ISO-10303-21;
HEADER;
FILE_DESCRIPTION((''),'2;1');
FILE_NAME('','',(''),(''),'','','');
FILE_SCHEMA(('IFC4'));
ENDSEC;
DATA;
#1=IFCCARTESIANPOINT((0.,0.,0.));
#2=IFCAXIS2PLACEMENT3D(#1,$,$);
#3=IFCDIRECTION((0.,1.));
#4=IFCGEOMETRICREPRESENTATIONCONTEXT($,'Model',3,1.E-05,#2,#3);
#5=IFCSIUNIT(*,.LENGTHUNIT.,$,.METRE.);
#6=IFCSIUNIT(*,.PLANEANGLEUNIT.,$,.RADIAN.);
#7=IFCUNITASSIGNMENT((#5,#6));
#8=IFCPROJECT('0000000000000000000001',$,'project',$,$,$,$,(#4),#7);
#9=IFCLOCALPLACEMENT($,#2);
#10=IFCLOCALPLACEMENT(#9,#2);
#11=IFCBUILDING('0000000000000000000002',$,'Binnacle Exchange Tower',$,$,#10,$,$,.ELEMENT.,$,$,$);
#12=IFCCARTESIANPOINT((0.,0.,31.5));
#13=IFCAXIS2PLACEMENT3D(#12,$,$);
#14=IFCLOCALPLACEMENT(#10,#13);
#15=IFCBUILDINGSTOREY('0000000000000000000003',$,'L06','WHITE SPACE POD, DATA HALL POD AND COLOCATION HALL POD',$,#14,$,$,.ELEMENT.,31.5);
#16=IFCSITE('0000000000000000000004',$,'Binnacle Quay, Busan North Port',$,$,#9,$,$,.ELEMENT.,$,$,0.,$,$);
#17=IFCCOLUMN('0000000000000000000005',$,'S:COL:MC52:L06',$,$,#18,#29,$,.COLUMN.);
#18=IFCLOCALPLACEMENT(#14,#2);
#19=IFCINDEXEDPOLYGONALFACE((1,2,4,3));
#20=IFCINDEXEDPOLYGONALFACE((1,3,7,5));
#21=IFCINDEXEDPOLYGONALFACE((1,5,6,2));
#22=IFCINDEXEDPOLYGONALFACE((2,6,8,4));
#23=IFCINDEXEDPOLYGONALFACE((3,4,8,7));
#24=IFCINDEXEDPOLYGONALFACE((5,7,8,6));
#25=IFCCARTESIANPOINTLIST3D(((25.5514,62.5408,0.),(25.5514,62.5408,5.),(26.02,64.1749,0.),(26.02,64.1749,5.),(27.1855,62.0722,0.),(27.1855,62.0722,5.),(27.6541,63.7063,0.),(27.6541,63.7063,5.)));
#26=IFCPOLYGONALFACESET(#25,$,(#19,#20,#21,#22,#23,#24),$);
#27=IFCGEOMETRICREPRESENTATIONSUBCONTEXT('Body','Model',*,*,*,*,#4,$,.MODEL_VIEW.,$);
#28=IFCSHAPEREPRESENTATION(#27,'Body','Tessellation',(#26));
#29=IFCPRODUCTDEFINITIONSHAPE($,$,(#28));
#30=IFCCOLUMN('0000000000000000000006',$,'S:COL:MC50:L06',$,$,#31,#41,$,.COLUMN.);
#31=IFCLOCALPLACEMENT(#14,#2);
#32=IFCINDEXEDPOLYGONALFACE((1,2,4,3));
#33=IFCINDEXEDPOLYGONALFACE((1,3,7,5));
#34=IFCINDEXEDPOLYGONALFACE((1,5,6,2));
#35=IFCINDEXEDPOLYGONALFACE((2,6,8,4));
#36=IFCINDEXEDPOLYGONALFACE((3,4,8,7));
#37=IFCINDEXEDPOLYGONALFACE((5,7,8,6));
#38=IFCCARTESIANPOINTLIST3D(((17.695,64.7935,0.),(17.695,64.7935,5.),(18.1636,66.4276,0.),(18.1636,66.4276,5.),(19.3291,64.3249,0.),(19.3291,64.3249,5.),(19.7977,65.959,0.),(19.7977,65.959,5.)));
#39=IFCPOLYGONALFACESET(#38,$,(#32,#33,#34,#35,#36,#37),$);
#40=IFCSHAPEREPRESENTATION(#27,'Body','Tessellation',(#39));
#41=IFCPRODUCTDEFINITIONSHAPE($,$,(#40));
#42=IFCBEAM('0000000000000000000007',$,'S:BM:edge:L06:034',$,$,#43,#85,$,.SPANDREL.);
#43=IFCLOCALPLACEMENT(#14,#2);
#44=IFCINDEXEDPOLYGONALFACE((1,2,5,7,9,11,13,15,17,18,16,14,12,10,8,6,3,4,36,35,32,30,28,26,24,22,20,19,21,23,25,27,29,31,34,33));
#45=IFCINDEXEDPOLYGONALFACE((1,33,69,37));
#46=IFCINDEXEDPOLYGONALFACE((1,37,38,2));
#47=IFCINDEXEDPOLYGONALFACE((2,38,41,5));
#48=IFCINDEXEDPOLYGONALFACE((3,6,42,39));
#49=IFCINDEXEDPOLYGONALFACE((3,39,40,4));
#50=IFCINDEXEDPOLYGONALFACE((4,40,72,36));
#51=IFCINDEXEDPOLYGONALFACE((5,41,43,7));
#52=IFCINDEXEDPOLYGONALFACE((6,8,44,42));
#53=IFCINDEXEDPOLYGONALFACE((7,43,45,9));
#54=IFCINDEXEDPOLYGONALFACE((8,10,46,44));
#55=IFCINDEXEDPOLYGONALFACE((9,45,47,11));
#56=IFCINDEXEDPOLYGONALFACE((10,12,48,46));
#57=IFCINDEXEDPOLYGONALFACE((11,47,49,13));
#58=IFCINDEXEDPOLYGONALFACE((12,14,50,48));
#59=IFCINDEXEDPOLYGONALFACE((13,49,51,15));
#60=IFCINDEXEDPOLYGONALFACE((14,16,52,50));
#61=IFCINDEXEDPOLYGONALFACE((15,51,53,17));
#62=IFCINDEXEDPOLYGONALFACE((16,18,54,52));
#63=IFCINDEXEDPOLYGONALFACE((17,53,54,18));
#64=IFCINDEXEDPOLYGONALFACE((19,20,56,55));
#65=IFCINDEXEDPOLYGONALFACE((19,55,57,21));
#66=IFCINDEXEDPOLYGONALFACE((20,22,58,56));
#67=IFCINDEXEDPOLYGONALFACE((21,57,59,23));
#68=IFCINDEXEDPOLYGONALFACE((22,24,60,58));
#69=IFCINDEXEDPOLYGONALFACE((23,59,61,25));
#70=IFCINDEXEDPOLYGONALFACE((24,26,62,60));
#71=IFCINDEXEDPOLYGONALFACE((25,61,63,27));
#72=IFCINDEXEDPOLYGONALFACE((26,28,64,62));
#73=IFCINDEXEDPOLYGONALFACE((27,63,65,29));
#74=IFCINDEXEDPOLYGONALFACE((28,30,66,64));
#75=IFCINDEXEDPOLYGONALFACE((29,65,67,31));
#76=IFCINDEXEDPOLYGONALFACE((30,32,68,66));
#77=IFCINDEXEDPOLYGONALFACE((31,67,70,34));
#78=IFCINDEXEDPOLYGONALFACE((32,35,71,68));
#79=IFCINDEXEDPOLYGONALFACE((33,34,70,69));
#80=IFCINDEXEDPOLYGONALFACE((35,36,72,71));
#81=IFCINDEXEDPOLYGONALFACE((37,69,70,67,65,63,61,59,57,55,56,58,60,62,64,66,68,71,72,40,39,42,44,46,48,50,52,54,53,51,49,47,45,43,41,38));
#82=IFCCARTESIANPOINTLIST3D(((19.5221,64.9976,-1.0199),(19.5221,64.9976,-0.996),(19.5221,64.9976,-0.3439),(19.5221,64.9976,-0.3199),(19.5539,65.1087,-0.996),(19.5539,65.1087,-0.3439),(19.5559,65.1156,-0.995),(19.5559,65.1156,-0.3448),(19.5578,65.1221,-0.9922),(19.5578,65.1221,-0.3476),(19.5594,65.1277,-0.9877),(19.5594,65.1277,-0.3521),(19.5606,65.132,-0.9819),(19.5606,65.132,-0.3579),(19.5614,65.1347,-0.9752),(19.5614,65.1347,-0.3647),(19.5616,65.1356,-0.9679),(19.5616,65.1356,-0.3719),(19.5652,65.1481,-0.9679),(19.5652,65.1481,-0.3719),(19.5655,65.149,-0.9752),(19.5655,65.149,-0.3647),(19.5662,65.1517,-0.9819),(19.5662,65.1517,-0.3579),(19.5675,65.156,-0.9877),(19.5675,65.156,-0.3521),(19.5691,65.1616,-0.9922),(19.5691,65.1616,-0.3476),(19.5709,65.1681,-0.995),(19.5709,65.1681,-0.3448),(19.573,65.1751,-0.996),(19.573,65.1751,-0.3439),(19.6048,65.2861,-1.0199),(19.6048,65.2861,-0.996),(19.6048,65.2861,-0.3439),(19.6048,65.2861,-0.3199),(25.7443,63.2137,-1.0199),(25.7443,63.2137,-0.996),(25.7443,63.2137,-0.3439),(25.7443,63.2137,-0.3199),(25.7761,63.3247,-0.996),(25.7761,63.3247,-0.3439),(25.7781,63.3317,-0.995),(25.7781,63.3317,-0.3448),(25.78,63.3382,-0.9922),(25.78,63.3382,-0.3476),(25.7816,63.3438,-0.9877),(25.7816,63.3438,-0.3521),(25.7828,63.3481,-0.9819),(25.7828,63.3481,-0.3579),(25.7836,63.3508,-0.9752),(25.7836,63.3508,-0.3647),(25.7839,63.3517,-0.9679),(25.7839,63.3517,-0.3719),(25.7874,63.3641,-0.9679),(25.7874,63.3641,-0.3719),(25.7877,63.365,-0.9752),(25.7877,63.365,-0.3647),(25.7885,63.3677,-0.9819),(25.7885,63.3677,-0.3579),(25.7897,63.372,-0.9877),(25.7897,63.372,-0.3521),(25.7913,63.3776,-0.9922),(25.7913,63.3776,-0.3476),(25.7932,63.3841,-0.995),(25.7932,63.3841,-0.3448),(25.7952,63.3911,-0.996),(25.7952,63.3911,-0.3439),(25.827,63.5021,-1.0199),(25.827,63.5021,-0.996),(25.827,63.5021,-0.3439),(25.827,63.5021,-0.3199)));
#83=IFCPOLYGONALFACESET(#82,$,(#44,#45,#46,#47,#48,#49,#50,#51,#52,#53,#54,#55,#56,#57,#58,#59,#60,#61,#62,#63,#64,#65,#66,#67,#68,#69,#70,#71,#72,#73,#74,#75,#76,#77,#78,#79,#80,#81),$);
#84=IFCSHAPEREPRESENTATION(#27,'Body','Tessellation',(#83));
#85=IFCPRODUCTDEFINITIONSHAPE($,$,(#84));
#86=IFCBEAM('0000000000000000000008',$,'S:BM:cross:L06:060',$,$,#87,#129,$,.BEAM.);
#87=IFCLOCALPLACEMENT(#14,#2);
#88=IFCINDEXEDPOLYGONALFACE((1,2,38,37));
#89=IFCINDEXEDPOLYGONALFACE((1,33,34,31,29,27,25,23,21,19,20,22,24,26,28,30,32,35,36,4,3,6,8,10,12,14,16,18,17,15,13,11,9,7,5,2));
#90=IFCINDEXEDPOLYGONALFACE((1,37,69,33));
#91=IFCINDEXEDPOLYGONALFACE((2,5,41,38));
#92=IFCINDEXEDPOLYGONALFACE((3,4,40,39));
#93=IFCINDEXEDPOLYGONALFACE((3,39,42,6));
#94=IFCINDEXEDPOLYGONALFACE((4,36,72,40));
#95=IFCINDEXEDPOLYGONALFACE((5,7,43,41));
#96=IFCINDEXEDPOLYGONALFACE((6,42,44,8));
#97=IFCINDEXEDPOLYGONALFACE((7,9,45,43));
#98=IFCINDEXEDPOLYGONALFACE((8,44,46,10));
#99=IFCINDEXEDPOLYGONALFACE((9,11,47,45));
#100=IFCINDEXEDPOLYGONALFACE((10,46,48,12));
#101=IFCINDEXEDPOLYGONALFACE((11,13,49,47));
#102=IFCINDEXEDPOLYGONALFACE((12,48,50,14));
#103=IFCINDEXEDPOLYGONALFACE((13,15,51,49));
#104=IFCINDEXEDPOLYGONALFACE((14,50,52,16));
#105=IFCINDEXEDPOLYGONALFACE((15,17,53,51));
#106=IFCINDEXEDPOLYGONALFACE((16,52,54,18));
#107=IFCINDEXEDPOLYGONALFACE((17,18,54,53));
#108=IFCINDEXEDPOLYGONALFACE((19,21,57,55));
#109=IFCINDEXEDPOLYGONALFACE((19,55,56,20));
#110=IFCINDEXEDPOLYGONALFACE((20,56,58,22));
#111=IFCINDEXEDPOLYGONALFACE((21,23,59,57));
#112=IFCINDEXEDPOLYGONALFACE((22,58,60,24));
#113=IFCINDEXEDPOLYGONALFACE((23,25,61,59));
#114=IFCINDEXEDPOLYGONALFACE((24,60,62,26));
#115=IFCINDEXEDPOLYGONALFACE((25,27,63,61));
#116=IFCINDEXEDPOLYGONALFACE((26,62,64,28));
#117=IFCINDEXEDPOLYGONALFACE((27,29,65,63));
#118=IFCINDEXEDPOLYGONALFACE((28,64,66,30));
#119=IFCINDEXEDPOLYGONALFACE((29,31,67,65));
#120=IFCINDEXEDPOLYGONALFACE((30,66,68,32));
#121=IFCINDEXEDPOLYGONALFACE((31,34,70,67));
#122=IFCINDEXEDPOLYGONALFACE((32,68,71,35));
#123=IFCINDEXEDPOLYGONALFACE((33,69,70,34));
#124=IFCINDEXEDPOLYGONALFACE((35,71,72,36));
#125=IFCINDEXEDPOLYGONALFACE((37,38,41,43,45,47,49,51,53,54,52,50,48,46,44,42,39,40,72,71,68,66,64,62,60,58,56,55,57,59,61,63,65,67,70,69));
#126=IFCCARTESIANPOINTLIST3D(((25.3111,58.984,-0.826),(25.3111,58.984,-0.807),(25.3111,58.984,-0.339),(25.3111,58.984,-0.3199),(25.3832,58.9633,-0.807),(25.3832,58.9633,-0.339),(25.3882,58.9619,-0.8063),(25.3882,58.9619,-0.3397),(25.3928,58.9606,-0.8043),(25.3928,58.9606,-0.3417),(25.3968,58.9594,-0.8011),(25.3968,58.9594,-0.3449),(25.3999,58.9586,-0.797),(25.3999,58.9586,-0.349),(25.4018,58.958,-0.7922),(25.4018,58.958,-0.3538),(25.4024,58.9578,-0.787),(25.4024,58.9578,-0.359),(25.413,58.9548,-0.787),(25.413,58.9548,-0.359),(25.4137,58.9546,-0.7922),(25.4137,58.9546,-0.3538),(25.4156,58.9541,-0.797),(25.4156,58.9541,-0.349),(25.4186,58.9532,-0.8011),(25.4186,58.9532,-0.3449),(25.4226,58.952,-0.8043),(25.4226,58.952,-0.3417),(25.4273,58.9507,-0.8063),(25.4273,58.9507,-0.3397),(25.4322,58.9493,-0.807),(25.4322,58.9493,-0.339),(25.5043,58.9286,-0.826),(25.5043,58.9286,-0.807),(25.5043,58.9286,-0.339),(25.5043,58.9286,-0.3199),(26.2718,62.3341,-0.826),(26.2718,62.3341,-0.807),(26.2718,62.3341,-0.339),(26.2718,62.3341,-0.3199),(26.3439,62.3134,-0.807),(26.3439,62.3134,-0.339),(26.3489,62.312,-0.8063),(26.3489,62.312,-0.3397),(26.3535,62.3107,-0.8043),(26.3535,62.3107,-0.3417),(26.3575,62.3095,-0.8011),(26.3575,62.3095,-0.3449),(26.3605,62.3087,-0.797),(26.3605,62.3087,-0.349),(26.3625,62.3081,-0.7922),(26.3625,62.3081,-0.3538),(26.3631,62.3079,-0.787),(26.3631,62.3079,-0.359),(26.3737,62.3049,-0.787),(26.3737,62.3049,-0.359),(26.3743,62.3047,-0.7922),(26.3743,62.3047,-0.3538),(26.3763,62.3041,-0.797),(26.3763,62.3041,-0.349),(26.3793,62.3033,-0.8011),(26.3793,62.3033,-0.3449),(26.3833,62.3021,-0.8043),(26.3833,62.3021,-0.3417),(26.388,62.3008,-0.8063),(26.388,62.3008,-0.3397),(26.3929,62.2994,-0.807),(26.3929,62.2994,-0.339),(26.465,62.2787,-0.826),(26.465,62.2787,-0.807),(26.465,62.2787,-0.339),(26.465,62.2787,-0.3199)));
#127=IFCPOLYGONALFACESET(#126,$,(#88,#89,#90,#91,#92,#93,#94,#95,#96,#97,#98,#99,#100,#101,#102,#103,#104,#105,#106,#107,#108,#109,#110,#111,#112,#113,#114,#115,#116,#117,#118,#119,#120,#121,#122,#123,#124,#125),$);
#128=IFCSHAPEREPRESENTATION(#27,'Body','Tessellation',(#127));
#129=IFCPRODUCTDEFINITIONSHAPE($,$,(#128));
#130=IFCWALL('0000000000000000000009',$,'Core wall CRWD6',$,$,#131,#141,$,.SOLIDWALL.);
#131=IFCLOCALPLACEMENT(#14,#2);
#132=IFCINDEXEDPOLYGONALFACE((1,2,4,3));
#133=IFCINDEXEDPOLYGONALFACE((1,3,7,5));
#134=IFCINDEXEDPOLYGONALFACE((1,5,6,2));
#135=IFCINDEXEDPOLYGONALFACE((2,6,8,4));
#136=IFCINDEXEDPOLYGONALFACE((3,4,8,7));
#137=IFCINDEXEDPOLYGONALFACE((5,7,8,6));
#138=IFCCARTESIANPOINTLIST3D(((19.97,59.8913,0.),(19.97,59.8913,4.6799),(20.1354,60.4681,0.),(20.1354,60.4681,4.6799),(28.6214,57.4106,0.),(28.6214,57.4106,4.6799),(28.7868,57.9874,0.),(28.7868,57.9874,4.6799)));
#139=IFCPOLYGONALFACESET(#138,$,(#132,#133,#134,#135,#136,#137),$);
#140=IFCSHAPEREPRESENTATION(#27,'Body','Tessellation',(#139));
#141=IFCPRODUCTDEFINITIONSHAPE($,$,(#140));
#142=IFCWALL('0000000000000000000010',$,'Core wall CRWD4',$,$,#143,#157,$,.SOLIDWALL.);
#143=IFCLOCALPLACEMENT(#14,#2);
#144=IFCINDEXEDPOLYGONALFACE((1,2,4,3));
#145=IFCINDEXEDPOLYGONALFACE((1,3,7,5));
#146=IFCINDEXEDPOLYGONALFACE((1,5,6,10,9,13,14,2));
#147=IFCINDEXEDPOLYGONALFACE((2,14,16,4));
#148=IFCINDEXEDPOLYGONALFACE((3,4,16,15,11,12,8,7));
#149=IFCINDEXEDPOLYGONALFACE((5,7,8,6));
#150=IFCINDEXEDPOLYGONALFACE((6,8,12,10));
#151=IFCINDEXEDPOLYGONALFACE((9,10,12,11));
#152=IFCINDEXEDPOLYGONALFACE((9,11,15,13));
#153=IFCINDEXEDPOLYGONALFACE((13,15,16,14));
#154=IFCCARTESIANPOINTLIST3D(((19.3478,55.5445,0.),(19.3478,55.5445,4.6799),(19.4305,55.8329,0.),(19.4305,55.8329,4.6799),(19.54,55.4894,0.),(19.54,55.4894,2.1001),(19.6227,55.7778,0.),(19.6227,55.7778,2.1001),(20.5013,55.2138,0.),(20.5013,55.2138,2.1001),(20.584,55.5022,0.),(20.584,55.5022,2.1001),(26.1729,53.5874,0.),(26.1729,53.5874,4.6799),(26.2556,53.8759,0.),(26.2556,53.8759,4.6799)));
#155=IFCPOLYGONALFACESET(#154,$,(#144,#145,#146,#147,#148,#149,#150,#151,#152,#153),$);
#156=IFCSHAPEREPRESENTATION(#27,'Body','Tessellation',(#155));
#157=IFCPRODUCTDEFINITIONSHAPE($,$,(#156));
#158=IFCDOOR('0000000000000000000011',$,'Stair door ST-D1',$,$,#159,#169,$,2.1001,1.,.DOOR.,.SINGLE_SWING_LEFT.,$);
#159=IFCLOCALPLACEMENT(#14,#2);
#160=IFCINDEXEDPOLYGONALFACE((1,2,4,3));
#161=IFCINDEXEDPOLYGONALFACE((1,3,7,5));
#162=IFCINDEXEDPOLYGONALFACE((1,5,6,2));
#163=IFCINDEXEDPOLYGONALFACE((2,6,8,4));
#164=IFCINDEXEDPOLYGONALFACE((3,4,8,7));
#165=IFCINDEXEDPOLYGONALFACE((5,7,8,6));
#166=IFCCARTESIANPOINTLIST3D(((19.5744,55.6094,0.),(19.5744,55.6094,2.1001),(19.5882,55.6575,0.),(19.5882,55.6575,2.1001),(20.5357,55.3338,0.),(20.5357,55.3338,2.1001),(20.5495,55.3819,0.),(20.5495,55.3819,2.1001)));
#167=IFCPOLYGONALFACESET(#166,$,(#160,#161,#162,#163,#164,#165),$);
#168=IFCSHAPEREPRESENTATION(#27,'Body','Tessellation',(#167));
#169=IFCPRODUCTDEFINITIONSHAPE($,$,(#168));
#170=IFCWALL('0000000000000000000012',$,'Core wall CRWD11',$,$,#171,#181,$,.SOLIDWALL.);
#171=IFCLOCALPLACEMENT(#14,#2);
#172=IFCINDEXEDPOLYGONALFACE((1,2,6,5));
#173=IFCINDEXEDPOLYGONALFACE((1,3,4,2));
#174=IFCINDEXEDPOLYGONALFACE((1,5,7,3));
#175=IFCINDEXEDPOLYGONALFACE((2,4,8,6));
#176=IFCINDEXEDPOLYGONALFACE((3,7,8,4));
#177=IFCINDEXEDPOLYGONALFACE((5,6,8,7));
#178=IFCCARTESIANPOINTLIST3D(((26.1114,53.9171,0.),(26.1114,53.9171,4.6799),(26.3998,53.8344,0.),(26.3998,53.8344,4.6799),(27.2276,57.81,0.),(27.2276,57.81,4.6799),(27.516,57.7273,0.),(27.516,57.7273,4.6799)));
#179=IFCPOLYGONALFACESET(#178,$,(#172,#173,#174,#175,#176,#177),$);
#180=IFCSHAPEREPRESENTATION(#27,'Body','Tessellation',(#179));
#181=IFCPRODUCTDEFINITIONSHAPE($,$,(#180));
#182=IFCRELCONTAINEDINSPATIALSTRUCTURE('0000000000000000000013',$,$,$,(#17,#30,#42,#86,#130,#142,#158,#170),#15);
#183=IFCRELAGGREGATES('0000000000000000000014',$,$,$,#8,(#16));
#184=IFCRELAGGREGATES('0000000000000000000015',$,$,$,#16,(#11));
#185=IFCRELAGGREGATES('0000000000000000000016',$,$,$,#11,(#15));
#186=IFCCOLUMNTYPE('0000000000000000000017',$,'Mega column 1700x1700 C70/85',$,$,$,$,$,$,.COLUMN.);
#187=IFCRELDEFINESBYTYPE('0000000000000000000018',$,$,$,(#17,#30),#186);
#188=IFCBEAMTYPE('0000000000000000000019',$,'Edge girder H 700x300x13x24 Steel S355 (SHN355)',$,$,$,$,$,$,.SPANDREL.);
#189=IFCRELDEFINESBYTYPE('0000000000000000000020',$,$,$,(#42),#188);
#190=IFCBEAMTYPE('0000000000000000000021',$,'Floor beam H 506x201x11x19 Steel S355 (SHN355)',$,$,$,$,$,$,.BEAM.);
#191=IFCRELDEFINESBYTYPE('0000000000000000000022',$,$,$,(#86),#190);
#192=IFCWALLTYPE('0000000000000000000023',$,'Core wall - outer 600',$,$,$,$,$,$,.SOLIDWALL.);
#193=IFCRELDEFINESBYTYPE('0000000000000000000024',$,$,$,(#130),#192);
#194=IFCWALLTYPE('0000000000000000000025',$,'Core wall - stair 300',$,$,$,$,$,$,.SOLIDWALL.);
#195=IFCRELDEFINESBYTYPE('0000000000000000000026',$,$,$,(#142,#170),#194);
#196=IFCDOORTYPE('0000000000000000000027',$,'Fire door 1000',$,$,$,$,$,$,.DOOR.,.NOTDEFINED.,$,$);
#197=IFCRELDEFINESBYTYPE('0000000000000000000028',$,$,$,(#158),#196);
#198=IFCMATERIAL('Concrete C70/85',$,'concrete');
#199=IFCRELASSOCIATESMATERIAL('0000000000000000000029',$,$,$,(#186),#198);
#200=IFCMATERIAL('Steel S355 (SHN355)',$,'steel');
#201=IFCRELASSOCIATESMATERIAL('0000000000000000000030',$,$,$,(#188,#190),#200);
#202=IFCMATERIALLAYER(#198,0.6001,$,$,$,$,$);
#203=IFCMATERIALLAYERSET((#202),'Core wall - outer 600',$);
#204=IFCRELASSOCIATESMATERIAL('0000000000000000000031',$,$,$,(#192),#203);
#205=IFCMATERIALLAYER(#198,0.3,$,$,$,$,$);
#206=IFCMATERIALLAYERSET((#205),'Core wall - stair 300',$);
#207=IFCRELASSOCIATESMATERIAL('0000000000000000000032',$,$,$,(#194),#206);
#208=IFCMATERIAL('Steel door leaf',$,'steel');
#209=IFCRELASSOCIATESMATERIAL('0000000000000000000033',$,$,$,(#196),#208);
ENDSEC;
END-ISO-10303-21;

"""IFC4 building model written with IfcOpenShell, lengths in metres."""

from ifc_helpers import new_model, si_unit, direction, frame, frame_2d, origin, origin_2d, place, context, subcontext, project, spatial, rectangle, i_section, extrude, material, layer, layer_set, material_profile, profile_set, type_object, element, fill, save


model = new_model("IFC4")

# Units and contexts
model_context = context("Model", 3, precision=1e-05, world=origin(), true_north=direction((0.0, 1.0)))
body_context = subcontext(model_context, "Body", "Model", "MODEL_VIEW")
ifc_project = project(units=[si_unit("LENGTHUNIT", "METRE"), si_unit("PLANEANGLEUNIT", "RADIAN")], contexts=[model_context])

# Site, building, storey
site_placement = place(None, origin())
site = spatial("IfcSite", under=ifc_project, at=site_placement, Name="Binnacle Quay, Busan North Port", CompositionType="ELEMENT", RefElevation=0.0)
building_placement = place(site_placement, origin())
building = spatial("IfcBuilding", under=site, at=building_placement, Name="Binnacle Exchange Tower", CompositionType="ELEMENT")
storey_placement = place(building_placement, frame((0.0, 0.0, 31.5)))
storey = spatial("IfcBuildingStorey", under=building, at=storey_placement, Name="L06", Description="WHITE SPACE POD, DATA HALL POD AND COLOCATION HALL POD", CompositionType="ELEMENT", Elevation=31.5)

# Columns
ifc_material_1 = material(Name="Concrete C70/85", Category="concrete")
ifc_material_profile_1 = material_profile(ifc_material_1, rectangle(XDim=1.7, YDim=1.7, at=origin_2d()), Name="Mega column 1700x1700 C70/85")
ifc_profile_set_1 = profile_set([ifc_material_profile_1], Name="Concrete C70/85")
column_type = type_object("IfcColumnType", Name="Mega column 1700x1700 C70/85", PredefinedType="COLUMN", material=ifc_profile_set_1)
for number, where, z_axis, x_axis, name in (
    (1, (26.6028, 63.1235, 0.0), (0.0, 0.0, 1.0), (-0.961262, 0.275637, 0.0), "S:COL:MC52:L06"),
    (2, (18.7463, 65.3762, 0.0), (0.0, 0.0, 1.0), (-0.961262, 0.275637, 0.0), "S:COL:MC50:L06"),
):
    element("IfcColumn", number, at=place(storey_placement, frame(where, z_axis=z_axis, x_axis=x_axis)), inside=storey, type_object=column_type, Name=name, PredefinedType="COLUMN", context=body_context, shape_type="SweptSolid", body=[
        extrude(rectangle(XDim=1.7, YDim=1.7, at=origin_2d()), origin(), (0.0, 0.0, 1.0), 5.0),
    ])

# Beams
ifc_material_2 = material(Name="Steel S355 (SHN355)", Category="steel")
ifc_material_profile_2 = material_profile(ifc_material_2, i_section(OverallWidth=0.3, OverallDepth=0.7, WebThickness=0.0129, FlangeThickness=0.0239, FilletRadius=0.0281, at=origin_2d()), Name="H 700x300x13x24")
ifc_profile_set_2 = profile_set([ifc_material_profile_2], Name="Steel S355 (SHN355)")
beam_type_1 = type_object("IfcBeamType", Name="Edge girder H 700x300x13x24 Steel S355 (SHN355)", PredefinedType="SPANDREL", material=ifc_profile_set_2)
beam_1_placement = place(storey_placement, frame((25.7856, 63.3579, -0.6699), z_axis=(-0.961272, 0.275603, 0.0), x_axis=(-0.275603, -0.961272, 0.0)))
element("IfcBeam", 3, at=beam_1_placement, inside=storey, type_object=beam_type_1, Name="S:BM:edge:L06:034", PredefinedType="SPANDREL", context=body_context, shape_type="SweptSolid", body=[
    extrude(i_section(OverallWidth=0.3, OverallDepth=0.7, WebThickness=0.0129, FlangeThickness=0.0239, FilletRadius=0.0281, at=origin_2d()), origin(), (0.0, 0.0, 1.0), 6.4729),
])
ifc_material_profile_3 = material_profile(ifc_material_2, i_section(OverallWidth=0.2009, OverallDepth=0.5061, WebThickness=0.011, FlangeThickness=0.019, FilletRadius=0.02, at=origin_2d()), Name="H 506x201x11x19")
ifc_profile_set_3 = profile_set([ifc_material_profile_3], Name="Steel S355 (SHN355)")
beam_type_2 = type_object("IfcBeamType", Name="Floor beam H 506x201x11x19 Steel S355 (SHN355)", PredefinedType="BEAM", material=ifc_profile_set_3)
beam_2_placement = place(storey_placement, frame((26.3684, 62.3064, -0.573), z_axis=(-0.275655, -0.961257, 0.0), x_axis=(0.961257, -0.275655, 0.0)))
element("IfcBeam", 4, at=beam_2_placement, inside=storey, type_object=beam_type_2, Name="S:BM:cross:L06:060", PredefinedType="BEAM", context=body_context, shape_type="SweptSolid", body=[
    extrude(i_section(OverallWidth=0.2009, OverallDepth=0.5061, WebThickness=0.011, FlangeThickness=0.019, FilletRadius=0.02, at=origin_2d()), origin(), (0.0, 0.0, 1.0), 3.4851),
])

# Wall
ifc_layer_1 = layer(ifc_material_1, 0.6001)
ifc_layer_set_1 = layer_set([ifc_layer_1], Name="Core wall - outer 600")
wall_type_1 = type_object("IfcWallType", Name="Core wall - outer 600", PredefinedType="SOLIDWALL", material=ifc_layer_set_1)
wall_1_placement = place(storey_placement, frame((20.0527, 60.1797, 0.0), z_axis=(0.0, 0.0, 1.0), x_axis=(0.961262, -0.275635, 0.0)))
element("IfcWall", 5, at=wall_1_placement, inside=storey, type_object=wall_type_1, Name="Core wall CRWD6", PredefinedType="SOLIDWALL", context=body_context, shape_type="SweptSolid", body=[
    extrude(rectangle(XDim=9.0, YDim=0.6001, at=frame_2d((4.5, 0.0))), origin(), (0.0, 0.0, 1.0), 4.6799),
])

# Wall, opening, door
ifc_layer_2 = layer(ifc_material_1, 0.3)
ifc_layer_set_2 = layer_set([ifc_layer_2], Name="Core wall - stair 300")
wall_type_2 = type_object("IfcWallType", Name="Core wall - stair 300", PredefinedType="SOLIDWALL", material=ifc_layer_set_2)
wall_2_placement = place(storey_placement, frame((19.3892, 55.6887, 0.0), z_axis=(0.0, 0.0, 1.0), x_axis=(0.961261, -0.275638, 0.0)))
wall_2 = element("IfcWall", 6, at=wall_2_placement, inside=storey, type_object=wall_type_2, Name="Core wall CRWD4", PredefinedType="SOLIDWALL", context=body_context, shape_type="SweptSolid", body=[
    extrude(rectangle(XDim=7.1001, YDim=0.3, at=frame_2d((3.55, 0.0))), origin(), (0.0, 0.0, 1.0), 4.6799),
])
opening_1_placement = place(wall_2_placement, frame((0.2, 0.0, 0.0)))
opening_1 = element("IfcOpeningElement", 7, at=opening_1_placement, cuts=wall_2, PredefinedType="OPENING", context=body_context, shape_type="SweptSolid", body=[
    extrude(rectangle(XDim=1.0, YDim=2.1001, at=frame_2d((0.5, 1.05))), frame((0.0, 0.1599, 0.0), z_axis=(0.0, -1.0, 0.0), x_axis=(1.0, 0.0, 0.0)), (0.0, 0.0, 1.0), 0.3201),
])
ifc_material_3 = material(Name="Steel door leaf", Category="steel")
door_type = type_object("IfcDoorType", Name="Fire door 1000", OperationType="NOTDEFINED", PredefinedType="DOOR", material=ifc_material_3)
door_1_placement = place(opening_1_placement, origin())
door_1 = element("IfcDoor", 8, at=door_1_placement, inside=storey, type_object=door_type, Name="Stair door ST-D1", OperationType="SINGLE_SWING_LEFT", OverallHeight=2.1001, OverallWidth=1.0, PredefinedType="DOOR", context=body_context, shape_type="SweptSolid", body=[
    extrude(rectangle(XDim=1.0, YDim=2.1001, at=frame_2d((0.5, 1.05))), frame((0.0, 0.0249, 0.0), z_axis=(0.0, -1.0, 0.0), x_axis=(1.0, 0.0, 0.0)), (0.0, 0.0, 1.0), 0.05),
])
fill(opening_1, door_1)

# Wall
wall_3_placement = place(storey_placement, frame((26.2556, 53.8757, 0.0), z_axis=(0.0, 0.0, 1.0), x_axis=(0.275613, 0.961269, 0.0)))
element("IfcWall", 9, at=wall_3_placement, inside=storey, type_object=wall_type_2, Name="Core wall CRWD11", PredefinedType="SOLIDWALL", context=body_context, shape_type="SweptSolid", body=[
    extrude(rectangle(XDim=4.0498, YDim=0.3, at=frame_2d((2.0249, 0.0))), origin(), (0.0, 0.0, 1.0), 4.6799),
])

save(model, "model.ifc")
